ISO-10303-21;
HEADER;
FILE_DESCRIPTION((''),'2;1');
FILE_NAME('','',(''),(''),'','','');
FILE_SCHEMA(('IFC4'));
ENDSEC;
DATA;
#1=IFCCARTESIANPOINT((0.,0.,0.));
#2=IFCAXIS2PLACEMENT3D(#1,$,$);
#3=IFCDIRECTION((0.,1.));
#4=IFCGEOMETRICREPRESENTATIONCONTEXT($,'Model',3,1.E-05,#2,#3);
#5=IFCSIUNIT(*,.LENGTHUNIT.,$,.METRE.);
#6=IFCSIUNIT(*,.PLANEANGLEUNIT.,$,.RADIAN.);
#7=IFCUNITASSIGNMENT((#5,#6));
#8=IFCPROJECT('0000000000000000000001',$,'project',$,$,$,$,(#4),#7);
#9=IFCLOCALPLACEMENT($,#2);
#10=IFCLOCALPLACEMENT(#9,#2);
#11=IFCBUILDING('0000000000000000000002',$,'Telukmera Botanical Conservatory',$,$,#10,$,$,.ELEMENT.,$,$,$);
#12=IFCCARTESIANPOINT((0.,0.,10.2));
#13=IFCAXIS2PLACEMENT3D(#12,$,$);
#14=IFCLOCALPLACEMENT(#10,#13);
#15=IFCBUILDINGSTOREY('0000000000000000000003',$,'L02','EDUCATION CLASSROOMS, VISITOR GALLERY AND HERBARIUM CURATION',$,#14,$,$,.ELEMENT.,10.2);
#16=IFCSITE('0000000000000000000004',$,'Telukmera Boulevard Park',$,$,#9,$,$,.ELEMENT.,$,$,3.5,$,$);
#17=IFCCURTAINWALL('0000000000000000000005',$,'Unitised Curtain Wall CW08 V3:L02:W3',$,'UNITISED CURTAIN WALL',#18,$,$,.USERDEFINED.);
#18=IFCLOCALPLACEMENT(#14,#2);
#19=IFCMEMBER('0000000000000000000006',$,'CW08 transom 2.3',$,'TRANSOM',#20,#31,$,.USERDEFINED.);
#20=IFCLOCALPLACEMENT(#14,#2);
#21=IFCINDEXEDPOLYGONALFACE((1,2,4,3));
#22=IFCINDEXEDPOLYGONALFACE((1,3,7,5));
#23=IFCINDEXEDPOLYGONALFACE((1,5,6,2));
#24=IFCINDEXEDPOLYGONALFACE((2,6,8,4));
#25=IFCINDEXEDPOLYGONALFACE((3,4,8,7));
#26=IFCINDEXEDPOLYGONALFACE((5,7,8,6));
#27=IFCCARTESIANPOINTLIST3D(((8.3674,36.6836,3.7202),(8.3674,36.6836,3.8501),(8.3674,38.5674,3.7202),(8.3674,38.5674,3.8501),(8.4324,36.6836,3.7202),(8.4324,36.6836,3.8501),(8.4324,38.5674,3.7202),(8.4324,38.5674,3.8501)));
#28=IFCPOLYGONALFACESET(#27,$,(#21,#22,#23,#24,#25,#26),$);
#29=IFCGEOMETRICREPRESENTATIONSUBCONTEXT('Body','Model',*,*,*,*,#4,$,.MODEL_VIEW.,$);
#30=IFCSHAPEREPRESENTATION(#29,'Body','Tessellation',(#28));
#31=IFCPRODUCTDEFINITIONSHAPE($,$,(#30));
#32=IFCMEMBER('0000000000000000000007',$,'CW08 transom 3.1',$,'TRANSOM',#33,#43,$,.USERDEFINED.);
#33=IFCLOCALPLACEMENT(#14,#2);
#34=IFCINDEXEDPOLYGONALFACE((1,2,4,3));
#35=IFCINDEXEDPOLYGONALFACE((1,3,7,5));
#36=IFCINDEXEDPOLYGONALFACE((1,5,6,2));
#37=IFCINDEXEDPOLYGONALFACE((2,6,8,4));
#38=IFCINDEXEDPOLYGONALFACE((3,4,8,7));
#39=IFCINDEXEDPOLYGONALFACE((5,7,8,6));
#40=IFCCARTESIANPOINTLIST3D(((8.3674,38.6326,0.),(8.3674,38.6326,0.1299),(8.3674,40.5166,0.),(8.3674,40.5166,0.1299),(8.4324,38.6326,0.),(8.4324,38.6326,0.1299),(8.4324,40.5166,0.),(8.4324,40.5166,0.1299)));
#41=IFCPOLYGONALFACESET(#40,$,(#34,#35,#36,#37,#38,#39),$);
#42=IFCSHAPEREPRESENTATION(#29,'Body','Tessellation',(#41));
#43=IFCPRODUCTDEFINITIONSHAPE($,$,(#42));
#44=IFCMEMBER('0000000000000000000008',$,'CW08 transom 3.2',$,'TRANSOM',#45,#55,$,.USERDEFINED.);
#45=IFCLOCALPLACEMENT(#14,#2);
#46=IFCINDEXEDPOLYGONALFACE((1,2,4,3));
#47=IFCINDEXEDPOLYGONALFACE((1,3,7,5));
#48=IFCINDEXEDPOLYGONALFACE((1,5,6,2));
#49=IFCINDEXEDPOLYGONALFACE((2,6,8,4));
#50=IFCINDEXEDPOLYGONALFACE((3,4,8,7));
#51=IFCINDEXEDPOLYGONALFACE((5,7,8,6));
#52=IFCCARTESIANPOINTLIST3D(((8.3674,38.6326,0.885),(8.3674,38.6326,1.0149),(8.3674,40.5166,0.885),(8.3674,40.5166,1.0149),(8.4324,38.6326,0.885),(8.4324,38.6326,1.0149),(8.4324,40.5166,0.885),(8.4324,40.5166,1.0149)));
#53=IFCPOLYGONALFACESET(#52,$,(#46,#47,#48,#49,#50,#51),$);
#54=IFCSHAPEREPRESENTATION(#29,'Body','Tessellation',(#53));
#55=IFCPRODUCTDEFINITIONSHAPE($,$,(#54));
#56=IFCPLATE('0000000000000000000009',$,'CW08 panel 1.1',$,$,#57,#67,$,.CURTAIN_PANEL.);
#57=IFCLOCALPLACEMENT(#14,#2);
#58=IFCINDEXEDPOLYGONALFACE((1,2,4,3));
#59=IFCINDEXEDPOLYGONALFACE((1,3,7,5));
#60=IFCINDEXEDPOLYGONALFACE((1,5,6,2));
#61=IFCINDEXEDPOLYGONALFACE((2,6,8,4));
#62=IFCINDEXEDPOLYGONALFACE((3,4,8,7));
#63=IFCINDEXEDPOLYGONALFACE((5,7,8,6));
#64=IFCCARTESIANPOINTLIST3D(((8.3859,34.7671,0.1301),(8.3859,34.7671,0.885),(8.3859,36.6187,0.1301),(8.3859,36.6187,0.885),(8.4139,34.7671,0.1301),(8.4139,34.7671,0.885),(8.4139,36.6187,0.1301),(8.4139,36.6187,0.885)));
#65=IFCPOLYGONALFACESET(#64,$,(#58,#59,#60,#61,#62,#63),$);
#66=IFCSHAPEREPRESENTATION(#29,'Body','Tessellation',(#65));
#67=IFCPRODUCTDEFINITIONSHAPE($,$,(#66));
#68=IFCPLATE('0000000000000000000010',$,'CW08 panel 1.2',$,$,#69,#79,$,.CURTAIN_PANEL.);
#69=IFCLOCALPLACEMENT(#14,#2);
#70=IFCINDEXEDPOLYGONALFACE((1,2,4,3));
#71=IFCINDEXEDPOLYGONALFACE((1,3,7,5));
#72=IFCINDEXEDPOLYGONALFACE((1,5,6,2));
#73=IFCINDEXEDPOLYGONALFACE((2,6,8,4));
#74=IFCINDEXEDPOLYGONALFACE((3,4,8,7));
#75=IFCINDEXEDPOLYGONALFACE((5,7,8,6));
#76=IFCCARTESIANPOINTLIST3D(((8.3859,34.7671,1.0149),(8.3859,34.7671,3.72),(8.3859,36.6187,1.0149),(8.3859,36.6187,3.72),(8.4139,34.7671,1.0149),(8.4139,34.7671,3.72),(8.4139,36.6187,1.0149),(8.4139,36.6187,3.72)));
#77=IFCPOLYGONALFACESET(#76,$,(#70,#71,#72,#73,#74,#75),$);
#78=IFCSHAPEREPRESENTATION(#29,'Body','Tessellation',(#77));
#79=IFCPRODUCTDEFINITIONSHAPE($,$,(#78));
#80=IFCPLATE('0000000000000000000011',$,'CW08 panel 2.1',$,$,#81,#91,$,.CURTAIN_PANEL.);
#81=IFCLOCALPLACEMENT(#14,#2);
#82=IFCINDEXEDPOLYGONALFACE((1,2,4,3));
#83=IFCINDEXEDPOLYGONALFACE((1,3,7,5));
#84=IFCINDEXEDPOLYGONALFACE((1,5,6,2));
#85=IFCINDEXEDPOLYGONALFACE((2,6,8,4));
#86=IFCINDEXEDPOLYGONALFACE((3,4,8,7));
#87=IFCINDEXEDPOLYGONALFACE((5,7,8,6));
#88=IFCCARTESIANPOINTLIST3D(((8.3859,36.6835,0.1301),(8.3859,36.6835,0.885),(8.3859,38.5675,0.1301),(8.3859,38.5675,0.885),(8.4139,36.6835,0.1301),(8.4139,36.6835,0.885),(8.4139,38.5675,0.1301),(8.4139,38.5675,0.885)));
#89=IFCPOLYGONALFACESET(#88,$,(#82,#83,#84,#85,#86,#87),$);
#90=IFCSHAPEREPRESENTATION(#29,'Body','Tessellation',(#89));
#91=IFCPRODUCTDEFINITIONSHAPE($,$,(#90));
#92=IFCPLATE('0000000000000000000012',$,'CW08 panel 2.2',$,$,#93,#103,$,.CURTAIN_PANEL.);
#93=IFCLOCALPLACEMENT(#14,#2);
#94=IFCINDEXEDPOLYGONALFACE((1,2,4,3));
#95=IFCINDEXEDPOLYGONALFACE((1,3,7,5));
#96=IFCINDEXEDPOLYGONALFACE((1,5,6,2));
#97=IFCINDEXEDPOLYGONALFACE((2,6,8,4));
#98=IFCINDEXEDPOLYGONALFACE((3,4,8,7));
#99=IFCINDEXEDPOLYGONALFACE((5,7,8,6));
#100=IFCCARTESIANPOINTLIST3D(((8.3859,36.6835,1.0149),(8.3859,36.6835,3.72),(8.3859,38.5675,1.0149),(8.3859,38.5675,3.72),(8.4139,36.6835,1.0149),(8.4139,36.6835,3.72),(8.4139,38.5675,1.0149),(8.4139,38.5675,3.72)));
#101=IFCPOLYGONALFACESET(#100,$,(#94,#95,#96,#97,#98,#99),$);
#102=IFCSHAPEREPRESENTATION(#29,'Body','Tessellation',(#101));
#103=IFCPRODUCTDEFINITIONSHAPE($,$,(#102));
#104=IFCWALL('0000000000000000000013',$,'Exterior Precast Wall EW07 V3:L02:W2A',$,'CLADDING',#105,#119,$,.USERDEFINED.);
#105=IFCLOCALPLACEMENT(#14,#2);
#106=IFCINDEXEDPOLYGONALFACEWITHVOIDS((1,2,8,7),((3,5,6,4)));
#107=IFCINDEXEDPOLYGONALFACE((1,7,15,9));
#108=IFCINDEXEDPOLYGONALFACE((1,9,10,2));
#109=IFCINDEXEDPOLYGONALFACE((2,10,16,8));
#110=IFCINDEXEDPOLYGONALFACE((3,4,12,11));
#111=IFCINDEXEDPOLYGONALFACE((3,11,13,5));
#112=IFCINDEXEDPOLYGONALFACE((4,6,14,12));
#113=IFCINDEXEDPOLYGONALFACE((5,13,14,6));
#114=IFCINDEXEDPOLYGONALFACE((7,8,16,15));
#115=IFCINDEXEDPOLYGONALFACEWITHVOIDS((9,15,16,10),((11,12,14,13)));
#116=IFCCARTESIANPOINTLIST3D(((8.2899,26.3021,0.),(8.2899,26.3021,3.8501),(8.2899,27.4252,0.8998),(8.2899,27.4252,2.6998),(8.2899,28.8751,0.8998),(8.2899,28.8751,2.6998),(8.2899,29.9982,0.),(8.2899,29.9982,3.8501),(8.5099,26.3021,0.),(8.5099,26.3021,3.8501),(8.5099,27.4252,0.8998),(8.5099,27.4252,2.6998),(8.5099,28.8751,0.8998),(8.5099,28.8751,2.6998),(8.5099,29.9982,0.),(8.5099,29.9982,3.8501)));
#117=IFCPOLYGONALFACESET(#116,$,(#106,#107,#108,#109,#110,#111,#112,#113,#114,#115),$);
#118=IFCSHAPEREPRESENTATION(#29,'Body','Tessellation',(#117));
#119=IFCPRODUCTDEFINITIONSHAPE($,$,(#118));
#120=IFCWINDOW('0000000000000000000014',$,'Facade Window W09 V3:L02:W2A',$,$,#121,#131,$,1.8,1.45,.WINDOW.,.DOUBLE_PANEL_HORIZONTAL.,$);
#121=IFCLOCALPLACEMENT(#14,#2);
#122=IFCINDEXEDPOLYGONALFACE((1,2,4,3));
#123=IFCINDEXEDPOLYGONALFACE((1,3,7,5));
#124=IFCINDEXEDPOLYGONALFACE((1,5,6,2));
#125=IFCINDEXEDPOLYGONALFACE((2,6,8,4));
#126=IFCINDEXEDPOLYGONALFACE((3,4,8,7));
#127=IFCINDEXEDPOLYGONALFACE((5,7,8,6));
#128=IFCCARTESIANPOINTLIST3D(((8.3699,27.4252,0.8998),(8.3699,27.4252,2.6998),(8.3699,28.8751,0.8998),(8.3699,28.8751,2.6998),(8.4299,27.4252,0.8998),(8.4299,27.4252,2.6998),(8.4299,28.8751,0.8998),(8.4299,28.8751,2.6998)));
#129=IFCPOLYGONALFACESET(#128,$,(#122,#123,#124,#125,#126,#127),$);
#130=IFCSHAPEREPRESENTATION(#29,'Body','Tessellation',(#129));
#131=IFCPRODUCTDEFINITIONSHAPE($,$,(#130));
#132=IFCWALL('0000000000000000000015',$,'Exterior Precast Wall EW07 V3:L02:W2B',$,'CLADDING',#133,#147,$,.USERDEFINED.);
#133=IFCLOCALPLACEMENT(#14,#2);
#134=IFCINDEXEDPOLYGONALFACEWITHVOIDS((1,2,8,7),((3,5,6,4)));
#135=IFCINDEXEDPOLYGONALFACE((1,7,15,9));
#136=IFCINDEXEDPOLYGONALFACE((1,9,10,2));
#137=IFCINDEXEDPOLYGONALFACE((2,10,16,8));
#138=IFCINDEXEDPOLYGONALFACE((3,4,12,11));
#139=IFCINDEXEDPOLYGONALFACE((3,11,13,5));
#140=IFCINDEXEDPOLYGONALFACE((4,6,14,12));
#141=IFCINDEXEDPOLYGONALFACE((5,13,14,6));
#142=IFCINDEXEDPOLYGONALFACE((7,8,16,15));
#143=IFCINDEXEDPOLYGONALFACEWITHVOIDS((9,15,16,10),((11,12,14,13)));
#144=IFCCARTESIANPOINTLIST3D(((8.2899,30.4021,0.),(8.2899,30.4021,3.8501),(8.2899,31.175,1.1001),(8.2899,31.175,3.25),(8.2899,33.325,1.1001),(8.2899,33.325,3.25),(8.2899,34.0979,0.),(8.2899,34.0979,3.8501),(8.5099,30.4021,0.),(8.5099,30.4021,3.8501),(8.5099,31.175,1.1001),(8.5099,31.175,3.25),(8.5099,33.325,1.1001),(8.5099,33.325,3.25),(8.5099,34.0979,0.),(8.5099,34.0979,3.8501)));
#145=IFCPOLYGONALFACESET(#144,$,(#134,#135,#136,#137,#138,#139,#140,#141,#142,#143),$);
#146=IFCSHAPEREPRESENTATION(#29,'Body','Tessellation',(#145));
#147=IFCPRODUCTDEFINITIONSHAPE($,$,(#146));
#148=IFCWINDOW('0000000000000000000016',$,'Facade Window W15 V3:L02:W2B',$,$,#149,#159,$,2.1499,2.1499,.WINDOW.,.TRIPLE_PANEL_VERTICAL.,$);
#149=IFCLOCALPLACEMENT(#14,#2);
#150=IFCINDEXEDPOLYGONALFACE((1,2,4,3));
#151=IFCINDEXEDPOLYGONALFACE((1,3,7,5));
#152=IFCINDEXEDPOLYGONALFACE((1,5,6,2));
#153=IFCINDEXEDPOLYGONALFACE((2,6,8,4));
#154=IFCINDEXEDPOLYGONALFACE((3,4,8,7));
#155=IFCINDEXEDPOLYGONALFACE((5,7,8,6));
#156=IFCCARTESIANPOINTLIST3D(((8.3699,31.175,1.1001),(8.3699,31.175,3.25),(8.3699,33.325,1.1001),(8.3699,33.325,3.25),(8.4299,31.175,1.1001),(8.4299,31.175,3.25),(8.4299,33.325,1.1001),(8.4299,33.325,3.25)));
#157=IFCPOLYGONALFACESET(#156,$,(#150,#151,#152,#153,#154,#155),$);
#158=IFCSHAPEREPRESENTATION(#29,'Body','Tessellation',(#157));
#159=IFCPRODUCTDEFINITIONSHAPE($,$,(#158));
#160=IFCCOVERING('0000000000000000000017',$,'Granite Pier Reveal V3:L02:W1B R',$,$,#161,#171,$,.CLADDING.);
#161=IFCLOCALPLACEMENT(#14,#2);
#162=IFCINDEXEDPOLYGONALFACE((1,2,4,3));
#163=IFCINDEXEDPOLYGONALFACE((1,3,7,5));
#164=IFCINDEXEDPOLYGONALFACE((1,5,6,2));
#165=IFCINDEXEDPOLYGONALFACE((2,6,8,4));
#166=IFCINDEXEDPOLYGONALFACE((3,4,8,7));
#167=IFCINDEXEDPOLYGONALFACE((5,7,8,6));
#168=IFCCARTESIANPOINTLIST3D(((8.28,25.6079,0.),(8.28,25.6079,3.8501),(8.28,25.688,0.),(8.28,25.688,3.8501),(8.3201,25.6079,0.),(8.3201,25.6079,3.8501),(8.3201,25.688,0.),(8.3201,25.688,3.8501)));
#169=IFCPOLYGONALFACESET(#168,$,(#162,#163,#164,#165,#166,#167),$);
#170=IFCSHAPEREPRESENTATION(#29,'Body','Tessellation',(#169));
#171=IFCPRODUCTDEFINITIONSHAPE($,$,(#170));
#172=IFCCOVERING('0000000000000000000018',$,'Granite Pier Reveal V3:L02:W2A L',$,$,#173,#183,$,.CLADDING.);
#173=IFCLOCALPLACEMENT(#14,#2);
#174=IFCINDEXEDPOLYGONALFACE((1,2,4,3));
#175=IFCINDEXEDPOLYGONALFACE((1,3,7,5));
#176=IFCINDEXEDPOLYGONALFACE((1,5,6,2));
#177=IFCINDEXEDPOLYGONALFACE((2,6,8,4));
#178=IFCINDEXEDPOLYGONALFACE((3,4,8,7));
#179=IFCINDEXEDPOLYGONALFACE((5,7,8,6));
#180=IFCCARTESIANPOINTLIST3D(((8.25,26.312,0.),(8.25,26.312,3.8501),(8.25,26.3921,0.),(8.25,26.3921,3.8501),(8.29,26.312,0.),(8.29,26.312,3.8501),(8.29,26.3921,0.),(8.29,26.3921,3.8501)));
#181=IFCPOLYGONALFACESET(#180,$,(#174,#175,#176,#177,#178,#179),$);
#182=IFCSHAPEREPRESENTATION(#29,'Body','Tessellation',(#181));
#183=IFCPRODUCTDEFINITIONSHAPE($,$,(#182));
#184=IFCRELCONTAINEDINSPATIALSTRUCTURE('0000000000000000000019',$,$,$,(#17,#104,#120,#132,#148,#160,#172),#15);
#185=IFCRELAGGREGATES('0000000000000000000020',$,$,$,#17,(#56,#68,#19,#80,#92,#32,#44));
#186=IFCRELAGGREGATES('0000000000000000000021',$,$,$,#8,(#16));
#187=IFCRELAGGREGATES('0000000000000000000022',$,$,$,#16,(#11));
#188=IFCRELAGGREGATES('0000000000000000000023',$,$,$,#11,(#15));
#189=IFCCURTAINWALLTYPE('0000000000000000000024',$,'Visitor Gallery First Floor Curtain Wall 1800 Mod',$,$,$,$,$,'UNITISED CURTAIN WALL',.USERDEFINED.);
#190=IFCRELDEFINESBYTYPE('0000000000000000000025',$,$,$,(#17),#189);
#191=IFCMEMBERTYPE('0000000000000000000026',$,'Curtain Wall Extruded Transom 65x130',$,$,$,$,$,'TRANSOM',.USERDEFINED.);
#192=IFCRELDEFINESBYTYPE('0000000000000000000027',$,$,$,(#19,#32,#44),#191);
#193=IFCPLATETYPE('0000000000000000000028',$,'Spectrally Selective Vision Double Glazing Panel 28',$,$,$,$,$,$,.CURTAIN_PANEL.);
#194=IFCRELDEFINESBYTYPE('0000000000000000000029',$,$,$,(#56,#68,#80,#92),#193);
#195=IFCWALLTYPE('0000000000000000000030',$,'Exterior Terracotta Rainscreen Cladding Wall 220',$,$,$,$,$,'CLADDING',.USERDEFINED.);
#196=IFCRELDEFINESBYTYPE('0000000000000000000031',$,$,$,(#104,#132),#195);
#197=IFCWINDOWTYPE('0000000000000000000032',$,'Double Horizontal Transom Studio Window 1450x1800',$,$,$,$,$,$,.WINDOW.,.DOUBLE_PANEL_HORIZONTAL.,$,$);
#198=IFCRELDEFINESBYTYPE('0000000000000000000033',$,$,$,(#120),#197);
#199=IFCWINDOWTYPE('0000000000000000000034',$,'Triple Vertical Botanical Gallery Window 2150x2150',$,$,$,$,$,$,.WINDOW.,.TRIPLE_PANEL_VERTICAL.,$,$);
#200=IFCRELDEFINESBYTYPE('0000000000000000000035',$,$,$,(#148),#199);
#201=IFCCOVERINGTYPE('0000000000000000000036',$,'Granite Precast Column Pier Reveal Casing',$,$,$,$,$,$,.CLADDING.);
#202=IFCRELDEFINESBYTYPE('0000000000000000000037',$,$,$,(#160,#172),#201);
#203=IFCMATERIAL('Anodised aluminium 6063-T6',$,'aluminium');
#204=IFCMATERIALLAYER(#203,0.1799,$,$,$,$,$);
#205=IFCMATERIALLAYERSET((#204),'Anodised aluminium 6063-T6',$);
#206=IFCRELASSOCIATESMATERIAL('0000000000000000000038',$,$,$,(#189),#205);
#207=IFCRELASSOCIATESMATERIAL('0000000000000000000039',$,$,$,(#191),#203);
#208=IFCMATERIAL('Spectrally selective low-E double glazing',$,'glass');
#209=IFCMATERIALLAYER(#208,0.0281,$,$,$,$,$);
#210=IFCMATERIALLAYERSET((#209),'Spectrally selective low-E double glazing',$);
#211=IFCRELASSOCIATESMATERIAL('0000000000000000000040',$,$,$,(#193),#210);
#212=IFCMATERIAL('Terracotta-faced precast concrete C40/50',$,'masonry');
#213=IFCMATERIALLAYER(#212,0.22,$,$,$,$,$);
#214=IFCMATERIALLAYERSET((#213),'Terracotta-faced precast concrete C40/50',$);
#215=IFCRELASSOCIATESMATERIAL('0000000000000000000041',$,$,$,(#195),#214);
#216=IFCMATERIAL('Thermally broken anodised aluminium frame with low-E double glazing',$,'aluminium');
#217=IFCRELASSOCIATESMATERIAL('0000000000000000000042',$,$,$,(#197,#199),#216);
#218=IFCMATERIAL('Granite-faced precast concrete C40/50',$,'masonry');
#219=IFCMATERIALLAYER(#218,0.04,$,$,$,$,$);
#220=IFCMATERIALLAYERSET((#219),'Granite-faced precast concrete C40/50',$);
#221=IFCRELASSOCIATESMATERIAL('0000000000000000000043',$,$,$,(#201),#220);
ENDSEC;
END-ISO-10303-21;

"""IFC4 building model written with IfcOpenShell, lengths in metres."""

from ifc_helpers import new_model, si_unit, direction, frame, frame_2d, origin, origin_2d, place, context, subcontext, project, spatial, rectangle, extrude, material, layer, layer_set, material_profile, profile_set, type_object, element, fill, aggregate, save


model = new_model("IFC4")

# Units and contexts
model_context = context("Model", 3, precision=1e-05, world=origin(), true_north=direction((0.0, 1.0)))
body_context = subcontext(model_context, "Body", "Model", "MODEL_VIEW")
ifc_project = project(units=[si_unit("LENGTHUNIT", "METRE"), si_unit("PLANEANGLEUNIT", "RADIAN")], contexts=[model_context])

# Site, building, storey
site_placement = place(None, origin())
site = spatial("IfcSite", under=ifc_project, at=site_placement, Name="Telukmera Boulevard Park", CompositionType="ELEMENT", RefElevation=3.5)
building_placement = place(site_placement, origin())
building = spatial("IfcBuilding", under=site, at=building_placement, Name="Telukmera Botanical Conservatory", CompositionType="ELEMENT")
storey_placement = place(building_placement, frame((0.0, 0.0, 10.2)))
storey = spatial("IfcBuildingStorey", under=building, at=storey_placement, Name="L02", Description="EDUCATION CLASSROOMS, VISITOR GALLERY AND HERBARIUM CURATION", CompositionType="ELEMENT", Elevation=10.2)

# Shared definitions
ifc_material_1 = material(Name="Anodised aluminium 6063-T6", Category="aluminium")
ifc_layer_1 = layer(ifc_material_1, 0.1799)
ifc_layer_set_1 = layer_set([ifc_layer_1], Name="Anodised aluminium 6063-T6")
curtain_wall_type = type_object("IfcCurtainWallType", Name="Visitor Gallery First Floor Curtain Wall 1800 Mod", ElementType="UNITISED CURTAIN WALL", PredefinedType="USERDEFINED", material=ifc_layer_set_1)

# Curtain wall, members, plates
curtain_wall_1_placement = place(storey_placement, origin())
curtain_wall_1 = element("IfcCurtainWall", 1, at=curtain_wall_1_placement, inside=storey, type_object=curtain_wall_type, Name="Unitised Curtain Wall CW08 V3:L02:W3", ObjectType="UNITISED CURTAIN WALL", PredefinedType="USERDEFINED")
ifc_material_profile_1 = material_profile(ifc_material_1, rectangle(XDim=0.0649, YDim=0.1299, at=origin_2d()), Name="ALU TRAN 65x130")
ifc_profile_set_1 = profile_set([ifc_material_profile_1], Name="Anodised aluminium 6063-T6")
member_type_1 = type_object("IfcMemberType", Name="Curtain Wall Extruded Transom 65x130", ElementType="TRANSOM", PredefinedType="USERDEFINED", material=ifc_profile_set_1)
member_1_placement = place(storey_placement, frame((8.3999, 36.6836, 3.7852), z_axis=(0.0, 1.0, 0.0), x_axis=(-1.0, 0.0, 0.0)))
member_1 = element("IfcMember", 2, at=member_1_placement, type_object=member_type_1, Name="CW08 transom 2.3", ObjectType="TRANSOM", PredefinedType="USERDEFINED", context=body_context, shape_type="SweptSolid", body=[
    extrude(rectangle(XDim=0.0649, YDim=0.1299, at=origin_2d()), origin(), (0.0, 0.0, 1.0), 1.8838),
])
member_2_placement = place(storey_placement, frame((8.3999, 38.6326, 0.0649), z_axis=(0.0, 1.0, 0.0), x_axis=(-1.0, 0.0, 0.0)))
member_2 = element("IfcMember", 3, at=member_2_placement, type_object=member_type_1, Name="CW08 transom 3.1", ObjectType="TRANSOM", PredefinedType="USERDEFINED", context=body_context, shape_type="SweptSolid", body=[
    extrude(rectangle(XDim=0.0649, YDim=0.1299, at=origin_2d()), origin(), (0.0, 0.0, 1.0), 1.884),
])
member_3_placement = place(storey_placement, frame((8.3999, 38.6326, 0.95), z_axis=(0.0, 1.0, 0.0), x_axis=(-1.0, 0.0, 0.0)))
member_3 = element("IfcMember", 4, at=member_3_placement, type_object=member_type_1, Name="CW08 transom 3.2", ObjectType="TRANSOM", PredefinedType="USERDEFINED", context=body_context, shape_type="SweptSolid", body=[
    extrude(rectangle(XDim=0.0649, YDim=0.1299, at=origin_2d()), origin(), (0.0, 0.0, 1.0), 1.884),
])
ifc_material_2 = material(Name="Spectrally selective low-E double glazing", Category="glass")
ifc_layer_2 = layer(ifc_material_2, 0.0281)
ifc_layer_set_2 = layer_set([ifc_layer_2], Name="Spectrally selective low-E double glazing")
plate_type = type_object("IfcPlateType", Name="Spectrally Selective Vision Double Glazing Panel 28", PredefinedType="CURTAIN_PANEL", material=ifc_layer_set_2)
plate_1_placement = place(storey_placement, frame((8.3999, 35.6929, 0.1301), z_axis=(0.0, 0.0, 1.0), x_axis=(0.0, 1.0, 0.0)))
plate_1 = element("IfcPlate", 5, at=plate_1_placement, type_object=plate_type, Name="CW08 panel 1.1", PredefinedType="CURTAIN_PANEL", context=body_context, shape_type="SweptSolid", body=[
    extrude(rectangle(XDim=1.8516, YDim=0.0281, at=origin_2d()), origin(), (0.0, 0.0, 1.0), 0.7549),
])
plate_2_placement = place(storey_placement, frame((8.3999, 35.6929, 1.0149), z_axis=(0.0, 0.0, 1.0), x_axis=(0.0, 1.0, 0.0)))
plate_2 = element("IfcPlate", 6, at=plate_2_placement, type_object=plate_type, Name="CW08 panel 1.2", PredefinedType="CURTAIN_PANEL", context=body_context, shape_type="SweptSolid", body=[
    extrude(rectangle(XDim=1.8516, YDim=0.0281, at=origin_2d()), origin(), (0.0, 0.0, 1.0), 2.7051),
])
plate_3_placement = place(storey_placement, frame((8.3999, 37.6255, 0.1301), z_axis=(0.0, 0.0, 1.0), x_axis=(0.0, 1.0, 0.0)))
plate_3 = element("IfcPlate", 7, at=plate_3_placement, type_object=plate_type, Name="CW08 panel 2.1", PredefinedType="CURTAIN_PANEL", context=body_context, shape_type="SweptSolid", body=[
    extrude(rectangle(XDim=1.884, YDim=0.0281, at=origin_2d()), origin(), (0.0, 0.0, 1.0), 0.7549),
])
plate_4_placement = place(storey_placement, frame((8.3999, 37.6255, 1.0149), z_axis=(0.0, 0.0, 1.0), x_axis=(0.0, 1.0, 0.0)))
plate_4 = element("IfcPlate", 8, at=plate_4_placement, type_object=plate_type, Name="CW08 panel 2.2", PredefinedType="CURTAIN_PANEL", context=body_context, shape_type="SweptSolid", body=[
    extrude(rectangle(XDim=1.884, YDim=0.0281, at=origin_2d()), origin(), (0.0, 0.0, 1.0), 2.7051),
])
aggregate(curtain_wall_1, [plate_1, plate_2, member_1, plate_3, plate_4, member_2, member_3])

# Walls, openings, windows
ifc_material_3 = material(Name="Terracotta-faced precast concrete C40/50", Category="masonry")
ifc_layer_3 = layer(ifc_material_3, 0.22)
ifc_layer_set_3 = layer_set([ifc_layer_3], Name="Terracotta-faced precast concrete C40/50")
wall_type = type_object("IfcWallType", Name="Exterior Terracotta Rainscreen Cladding Wall 220", ElementType="CLADDING", PredefinedType="USERDEFINED", material=ifc_layer_set_3)
wall_1_placement = place(storey_placement, frame((8.3999, 26.302, 0.0), z_axis=(0.0, 0.0, 1.0), x_axis=(0.0, 1.0, 0.0)))
wall_1 = element("IfcWall", 9, at=wall_1_placement, inside=storey, type_object=wall_type, Name="Exterior Precast Wall EW07 V3:L02:W2A", ObjectType="CLADDING", PredefinedType="USERDEFINED", context=body_context, shape_type="SweptSolid", body=[
    extrude(rectangle(XDim=3.696, YDim=0.22, at=frame_2d((1.8481, 0.0))), origin(), (0.0, 0.0, 1.0), 3.8501),
])
opening_1_placement = place(wall_1_placement, frame((1.123, 0.0, 0.8999)))
opening_1 = element("IfcOpeningElement", 10, at=opening_1_placement, cuts=wall_1, PredefinedType="OPENING", context=body_context, shape_type="SweptSolid", body=[
    extrude(rectangle(XDim=1.45, YDim=1.8, at=frame_2d((0.7251, 0.8999))), frame((0.0, 0.1199, 0.0), z_axis=(0.0, -1.0, 0.0), x_axis=(1.0, 0.0, 0.0)), (0.0, 0.0, 1.0), 0.24),
])
ifc_material_4 = material(Name="Thermally broken anodised aluminium frame with low-E double glazing", Category="aluminium")
window_type_1 = type_object("IfcWindowType", Name="Double Horizontal Transom Studio Window 1450x1800", PartitioningType="DOUBLE_PANEL_HORIZONTAL", PredefinedType="WINDOW", material=ifc_material_4)
window_1_placement = place(opening_1_placement, origin())
window_1 = element("IfcWindow", 11, at=window_1_placement, inside=storey, type_object=window_type_1, Name="Facade Window W09 V3:L02:W2A", OverallHeight=1.8, OverallWidth=1.45, PartitioningType="DOUBLE_PANEL_HORIZONTAL", PredefinedType="WINDOW", context=body_context, shape_type="SweptSolid", body=[
    extrude(rectangle(XDim=1.45, YDim=1.8, at=frame_2d((0.7251, 0.8999))), frame((0.0, 0.03, 0.0), z_axis=(0.0, -1.0, 0.0), x_axis=(1.0, 0.0, 0.0)), (0.0, 0.0, 1.0), 0.0601),
])
fill(opening_1, window_1)
wall_2_placement = place(storey_placement, frame((8.3999, 30.4021, 0.0), z_axis=(0.0, 0.0, 1.0), x_axis=(0.0, 1.0, 0.0)))
wall_2 = element("IfcWall", 12, at=wall_2_placement, inside=storey, type_object=wall_type, Name="Exterior Precast Wall EW07 V3:L02:W2B", ObjectType="CLADDING", PredefinedType="USERDEFINED", context=body_context, shape_type="SweptSolid", body=[
    extrude(rectangle(XDim=3.6958, YDim=0.22, at=frame_2d((1.8479, 0.0))), origin(), (0.0, 0.0, 1.0), 3.8501),
])
opening_2_placement = place(wall_2_placement, frame((0.7729, 0.0, 1.1001)))
opening_2 = element("IfcOpeningElement", 13, at=opening_2_placement, cuts=wall_2, PredefinedType="OPENING", context=body_context, shape_type="SweptSolid", body=[
    extrude(rectangle(XDim=2.1499, YDim=2.1499, at=frame_2d((1.075, 1.075))), frame((0.0, 0.1199, 0.0), z_axis=(0.0, -1.0, 0.0), x_axis=(1.0, 0.0, 0.0)), (0.0, 0.0, 1.0), 0.24),
])
window_type_2 = type_object("IfcWindowType", Name="Triple Vertical Botanical Gallery Window 2150x2150", PartitioningType="TRIPLE_PANEL_VERTICAL", PredefinedType="WINDOW", material=ifc_material_4)
window_2_placement = place(opening_2_placement, origin())
window_2 = element("IfcWindow", 14, at=window_2_placement, inside=storey, type_object=window_type_2, Name="Facade Window W15 V3:L02:W2B", OverallHeight=2.1499, OverallWidth=2.1499, PartitioningType="TRIPLE_PANEL_VERTICAL", PredefinedType="WINDOW", context=body_context, shape_type="SweptSolid", body=[
    extrude(rectangle(XDim=2.1499, YDim=2.1499, at=frame_2d((1.075, 1.075))), frame((0.0, 0.03, 0.0), z_axis=(0.0, -1.0, 0.0), x_axis=(1.0, 0.0, 0.0)), (0.0, 0.0, 1.0), 0.0601),
])
fill(opening_2, window_2)

# Coverings
ifc_material_5 = material(Name="Granite-faced precast concrete C40/50", Category="masonry")
ifc_layer_4 = layer(ifc_material_5, 0.04)
ifc_layer_set_4 = layer_set([ifc_layer_4], Name="Granite-faced precast concrete C40/50")
covering_type_1 = type_object("IfcCoveringType", Name="Granite Precast Column Pier Reveal Casing", PredefinedType="CLADDING", material=ifc_layer_set_4)
for number, where, z_axis, x_axis, name in (
    (15, (8.3, 25.6479, 0.0), (0.0, 0.0, 1.0), (0.0, 1.0, 0.0), "Granite Pier Reveal V3:L02:W1B R"),
    (16, (8.27, 26.3521, 0.0), (0.0, 0.0, 1.0), (0.0, 1.0, 0.0), "Granite Pier Reveal V3:L02:W2A L"),
):
    element("IfcCovering", number, at=place(storey_placement, frame(where, z_axis=z_axis, x_axis=x_axis)), inside=storey, type_object=covering_type_1, Name=name, PredefinedType="CLADDING", context=body_context, shape_type="SweptSolid", body=[
        extrude(rectangle(XDim=0.0801, YDim=0.04, at=origin_2d()), origin(), (0.0, 0.0, 1.0), 3.8501),
    ])

save(model, "model.ifc")
